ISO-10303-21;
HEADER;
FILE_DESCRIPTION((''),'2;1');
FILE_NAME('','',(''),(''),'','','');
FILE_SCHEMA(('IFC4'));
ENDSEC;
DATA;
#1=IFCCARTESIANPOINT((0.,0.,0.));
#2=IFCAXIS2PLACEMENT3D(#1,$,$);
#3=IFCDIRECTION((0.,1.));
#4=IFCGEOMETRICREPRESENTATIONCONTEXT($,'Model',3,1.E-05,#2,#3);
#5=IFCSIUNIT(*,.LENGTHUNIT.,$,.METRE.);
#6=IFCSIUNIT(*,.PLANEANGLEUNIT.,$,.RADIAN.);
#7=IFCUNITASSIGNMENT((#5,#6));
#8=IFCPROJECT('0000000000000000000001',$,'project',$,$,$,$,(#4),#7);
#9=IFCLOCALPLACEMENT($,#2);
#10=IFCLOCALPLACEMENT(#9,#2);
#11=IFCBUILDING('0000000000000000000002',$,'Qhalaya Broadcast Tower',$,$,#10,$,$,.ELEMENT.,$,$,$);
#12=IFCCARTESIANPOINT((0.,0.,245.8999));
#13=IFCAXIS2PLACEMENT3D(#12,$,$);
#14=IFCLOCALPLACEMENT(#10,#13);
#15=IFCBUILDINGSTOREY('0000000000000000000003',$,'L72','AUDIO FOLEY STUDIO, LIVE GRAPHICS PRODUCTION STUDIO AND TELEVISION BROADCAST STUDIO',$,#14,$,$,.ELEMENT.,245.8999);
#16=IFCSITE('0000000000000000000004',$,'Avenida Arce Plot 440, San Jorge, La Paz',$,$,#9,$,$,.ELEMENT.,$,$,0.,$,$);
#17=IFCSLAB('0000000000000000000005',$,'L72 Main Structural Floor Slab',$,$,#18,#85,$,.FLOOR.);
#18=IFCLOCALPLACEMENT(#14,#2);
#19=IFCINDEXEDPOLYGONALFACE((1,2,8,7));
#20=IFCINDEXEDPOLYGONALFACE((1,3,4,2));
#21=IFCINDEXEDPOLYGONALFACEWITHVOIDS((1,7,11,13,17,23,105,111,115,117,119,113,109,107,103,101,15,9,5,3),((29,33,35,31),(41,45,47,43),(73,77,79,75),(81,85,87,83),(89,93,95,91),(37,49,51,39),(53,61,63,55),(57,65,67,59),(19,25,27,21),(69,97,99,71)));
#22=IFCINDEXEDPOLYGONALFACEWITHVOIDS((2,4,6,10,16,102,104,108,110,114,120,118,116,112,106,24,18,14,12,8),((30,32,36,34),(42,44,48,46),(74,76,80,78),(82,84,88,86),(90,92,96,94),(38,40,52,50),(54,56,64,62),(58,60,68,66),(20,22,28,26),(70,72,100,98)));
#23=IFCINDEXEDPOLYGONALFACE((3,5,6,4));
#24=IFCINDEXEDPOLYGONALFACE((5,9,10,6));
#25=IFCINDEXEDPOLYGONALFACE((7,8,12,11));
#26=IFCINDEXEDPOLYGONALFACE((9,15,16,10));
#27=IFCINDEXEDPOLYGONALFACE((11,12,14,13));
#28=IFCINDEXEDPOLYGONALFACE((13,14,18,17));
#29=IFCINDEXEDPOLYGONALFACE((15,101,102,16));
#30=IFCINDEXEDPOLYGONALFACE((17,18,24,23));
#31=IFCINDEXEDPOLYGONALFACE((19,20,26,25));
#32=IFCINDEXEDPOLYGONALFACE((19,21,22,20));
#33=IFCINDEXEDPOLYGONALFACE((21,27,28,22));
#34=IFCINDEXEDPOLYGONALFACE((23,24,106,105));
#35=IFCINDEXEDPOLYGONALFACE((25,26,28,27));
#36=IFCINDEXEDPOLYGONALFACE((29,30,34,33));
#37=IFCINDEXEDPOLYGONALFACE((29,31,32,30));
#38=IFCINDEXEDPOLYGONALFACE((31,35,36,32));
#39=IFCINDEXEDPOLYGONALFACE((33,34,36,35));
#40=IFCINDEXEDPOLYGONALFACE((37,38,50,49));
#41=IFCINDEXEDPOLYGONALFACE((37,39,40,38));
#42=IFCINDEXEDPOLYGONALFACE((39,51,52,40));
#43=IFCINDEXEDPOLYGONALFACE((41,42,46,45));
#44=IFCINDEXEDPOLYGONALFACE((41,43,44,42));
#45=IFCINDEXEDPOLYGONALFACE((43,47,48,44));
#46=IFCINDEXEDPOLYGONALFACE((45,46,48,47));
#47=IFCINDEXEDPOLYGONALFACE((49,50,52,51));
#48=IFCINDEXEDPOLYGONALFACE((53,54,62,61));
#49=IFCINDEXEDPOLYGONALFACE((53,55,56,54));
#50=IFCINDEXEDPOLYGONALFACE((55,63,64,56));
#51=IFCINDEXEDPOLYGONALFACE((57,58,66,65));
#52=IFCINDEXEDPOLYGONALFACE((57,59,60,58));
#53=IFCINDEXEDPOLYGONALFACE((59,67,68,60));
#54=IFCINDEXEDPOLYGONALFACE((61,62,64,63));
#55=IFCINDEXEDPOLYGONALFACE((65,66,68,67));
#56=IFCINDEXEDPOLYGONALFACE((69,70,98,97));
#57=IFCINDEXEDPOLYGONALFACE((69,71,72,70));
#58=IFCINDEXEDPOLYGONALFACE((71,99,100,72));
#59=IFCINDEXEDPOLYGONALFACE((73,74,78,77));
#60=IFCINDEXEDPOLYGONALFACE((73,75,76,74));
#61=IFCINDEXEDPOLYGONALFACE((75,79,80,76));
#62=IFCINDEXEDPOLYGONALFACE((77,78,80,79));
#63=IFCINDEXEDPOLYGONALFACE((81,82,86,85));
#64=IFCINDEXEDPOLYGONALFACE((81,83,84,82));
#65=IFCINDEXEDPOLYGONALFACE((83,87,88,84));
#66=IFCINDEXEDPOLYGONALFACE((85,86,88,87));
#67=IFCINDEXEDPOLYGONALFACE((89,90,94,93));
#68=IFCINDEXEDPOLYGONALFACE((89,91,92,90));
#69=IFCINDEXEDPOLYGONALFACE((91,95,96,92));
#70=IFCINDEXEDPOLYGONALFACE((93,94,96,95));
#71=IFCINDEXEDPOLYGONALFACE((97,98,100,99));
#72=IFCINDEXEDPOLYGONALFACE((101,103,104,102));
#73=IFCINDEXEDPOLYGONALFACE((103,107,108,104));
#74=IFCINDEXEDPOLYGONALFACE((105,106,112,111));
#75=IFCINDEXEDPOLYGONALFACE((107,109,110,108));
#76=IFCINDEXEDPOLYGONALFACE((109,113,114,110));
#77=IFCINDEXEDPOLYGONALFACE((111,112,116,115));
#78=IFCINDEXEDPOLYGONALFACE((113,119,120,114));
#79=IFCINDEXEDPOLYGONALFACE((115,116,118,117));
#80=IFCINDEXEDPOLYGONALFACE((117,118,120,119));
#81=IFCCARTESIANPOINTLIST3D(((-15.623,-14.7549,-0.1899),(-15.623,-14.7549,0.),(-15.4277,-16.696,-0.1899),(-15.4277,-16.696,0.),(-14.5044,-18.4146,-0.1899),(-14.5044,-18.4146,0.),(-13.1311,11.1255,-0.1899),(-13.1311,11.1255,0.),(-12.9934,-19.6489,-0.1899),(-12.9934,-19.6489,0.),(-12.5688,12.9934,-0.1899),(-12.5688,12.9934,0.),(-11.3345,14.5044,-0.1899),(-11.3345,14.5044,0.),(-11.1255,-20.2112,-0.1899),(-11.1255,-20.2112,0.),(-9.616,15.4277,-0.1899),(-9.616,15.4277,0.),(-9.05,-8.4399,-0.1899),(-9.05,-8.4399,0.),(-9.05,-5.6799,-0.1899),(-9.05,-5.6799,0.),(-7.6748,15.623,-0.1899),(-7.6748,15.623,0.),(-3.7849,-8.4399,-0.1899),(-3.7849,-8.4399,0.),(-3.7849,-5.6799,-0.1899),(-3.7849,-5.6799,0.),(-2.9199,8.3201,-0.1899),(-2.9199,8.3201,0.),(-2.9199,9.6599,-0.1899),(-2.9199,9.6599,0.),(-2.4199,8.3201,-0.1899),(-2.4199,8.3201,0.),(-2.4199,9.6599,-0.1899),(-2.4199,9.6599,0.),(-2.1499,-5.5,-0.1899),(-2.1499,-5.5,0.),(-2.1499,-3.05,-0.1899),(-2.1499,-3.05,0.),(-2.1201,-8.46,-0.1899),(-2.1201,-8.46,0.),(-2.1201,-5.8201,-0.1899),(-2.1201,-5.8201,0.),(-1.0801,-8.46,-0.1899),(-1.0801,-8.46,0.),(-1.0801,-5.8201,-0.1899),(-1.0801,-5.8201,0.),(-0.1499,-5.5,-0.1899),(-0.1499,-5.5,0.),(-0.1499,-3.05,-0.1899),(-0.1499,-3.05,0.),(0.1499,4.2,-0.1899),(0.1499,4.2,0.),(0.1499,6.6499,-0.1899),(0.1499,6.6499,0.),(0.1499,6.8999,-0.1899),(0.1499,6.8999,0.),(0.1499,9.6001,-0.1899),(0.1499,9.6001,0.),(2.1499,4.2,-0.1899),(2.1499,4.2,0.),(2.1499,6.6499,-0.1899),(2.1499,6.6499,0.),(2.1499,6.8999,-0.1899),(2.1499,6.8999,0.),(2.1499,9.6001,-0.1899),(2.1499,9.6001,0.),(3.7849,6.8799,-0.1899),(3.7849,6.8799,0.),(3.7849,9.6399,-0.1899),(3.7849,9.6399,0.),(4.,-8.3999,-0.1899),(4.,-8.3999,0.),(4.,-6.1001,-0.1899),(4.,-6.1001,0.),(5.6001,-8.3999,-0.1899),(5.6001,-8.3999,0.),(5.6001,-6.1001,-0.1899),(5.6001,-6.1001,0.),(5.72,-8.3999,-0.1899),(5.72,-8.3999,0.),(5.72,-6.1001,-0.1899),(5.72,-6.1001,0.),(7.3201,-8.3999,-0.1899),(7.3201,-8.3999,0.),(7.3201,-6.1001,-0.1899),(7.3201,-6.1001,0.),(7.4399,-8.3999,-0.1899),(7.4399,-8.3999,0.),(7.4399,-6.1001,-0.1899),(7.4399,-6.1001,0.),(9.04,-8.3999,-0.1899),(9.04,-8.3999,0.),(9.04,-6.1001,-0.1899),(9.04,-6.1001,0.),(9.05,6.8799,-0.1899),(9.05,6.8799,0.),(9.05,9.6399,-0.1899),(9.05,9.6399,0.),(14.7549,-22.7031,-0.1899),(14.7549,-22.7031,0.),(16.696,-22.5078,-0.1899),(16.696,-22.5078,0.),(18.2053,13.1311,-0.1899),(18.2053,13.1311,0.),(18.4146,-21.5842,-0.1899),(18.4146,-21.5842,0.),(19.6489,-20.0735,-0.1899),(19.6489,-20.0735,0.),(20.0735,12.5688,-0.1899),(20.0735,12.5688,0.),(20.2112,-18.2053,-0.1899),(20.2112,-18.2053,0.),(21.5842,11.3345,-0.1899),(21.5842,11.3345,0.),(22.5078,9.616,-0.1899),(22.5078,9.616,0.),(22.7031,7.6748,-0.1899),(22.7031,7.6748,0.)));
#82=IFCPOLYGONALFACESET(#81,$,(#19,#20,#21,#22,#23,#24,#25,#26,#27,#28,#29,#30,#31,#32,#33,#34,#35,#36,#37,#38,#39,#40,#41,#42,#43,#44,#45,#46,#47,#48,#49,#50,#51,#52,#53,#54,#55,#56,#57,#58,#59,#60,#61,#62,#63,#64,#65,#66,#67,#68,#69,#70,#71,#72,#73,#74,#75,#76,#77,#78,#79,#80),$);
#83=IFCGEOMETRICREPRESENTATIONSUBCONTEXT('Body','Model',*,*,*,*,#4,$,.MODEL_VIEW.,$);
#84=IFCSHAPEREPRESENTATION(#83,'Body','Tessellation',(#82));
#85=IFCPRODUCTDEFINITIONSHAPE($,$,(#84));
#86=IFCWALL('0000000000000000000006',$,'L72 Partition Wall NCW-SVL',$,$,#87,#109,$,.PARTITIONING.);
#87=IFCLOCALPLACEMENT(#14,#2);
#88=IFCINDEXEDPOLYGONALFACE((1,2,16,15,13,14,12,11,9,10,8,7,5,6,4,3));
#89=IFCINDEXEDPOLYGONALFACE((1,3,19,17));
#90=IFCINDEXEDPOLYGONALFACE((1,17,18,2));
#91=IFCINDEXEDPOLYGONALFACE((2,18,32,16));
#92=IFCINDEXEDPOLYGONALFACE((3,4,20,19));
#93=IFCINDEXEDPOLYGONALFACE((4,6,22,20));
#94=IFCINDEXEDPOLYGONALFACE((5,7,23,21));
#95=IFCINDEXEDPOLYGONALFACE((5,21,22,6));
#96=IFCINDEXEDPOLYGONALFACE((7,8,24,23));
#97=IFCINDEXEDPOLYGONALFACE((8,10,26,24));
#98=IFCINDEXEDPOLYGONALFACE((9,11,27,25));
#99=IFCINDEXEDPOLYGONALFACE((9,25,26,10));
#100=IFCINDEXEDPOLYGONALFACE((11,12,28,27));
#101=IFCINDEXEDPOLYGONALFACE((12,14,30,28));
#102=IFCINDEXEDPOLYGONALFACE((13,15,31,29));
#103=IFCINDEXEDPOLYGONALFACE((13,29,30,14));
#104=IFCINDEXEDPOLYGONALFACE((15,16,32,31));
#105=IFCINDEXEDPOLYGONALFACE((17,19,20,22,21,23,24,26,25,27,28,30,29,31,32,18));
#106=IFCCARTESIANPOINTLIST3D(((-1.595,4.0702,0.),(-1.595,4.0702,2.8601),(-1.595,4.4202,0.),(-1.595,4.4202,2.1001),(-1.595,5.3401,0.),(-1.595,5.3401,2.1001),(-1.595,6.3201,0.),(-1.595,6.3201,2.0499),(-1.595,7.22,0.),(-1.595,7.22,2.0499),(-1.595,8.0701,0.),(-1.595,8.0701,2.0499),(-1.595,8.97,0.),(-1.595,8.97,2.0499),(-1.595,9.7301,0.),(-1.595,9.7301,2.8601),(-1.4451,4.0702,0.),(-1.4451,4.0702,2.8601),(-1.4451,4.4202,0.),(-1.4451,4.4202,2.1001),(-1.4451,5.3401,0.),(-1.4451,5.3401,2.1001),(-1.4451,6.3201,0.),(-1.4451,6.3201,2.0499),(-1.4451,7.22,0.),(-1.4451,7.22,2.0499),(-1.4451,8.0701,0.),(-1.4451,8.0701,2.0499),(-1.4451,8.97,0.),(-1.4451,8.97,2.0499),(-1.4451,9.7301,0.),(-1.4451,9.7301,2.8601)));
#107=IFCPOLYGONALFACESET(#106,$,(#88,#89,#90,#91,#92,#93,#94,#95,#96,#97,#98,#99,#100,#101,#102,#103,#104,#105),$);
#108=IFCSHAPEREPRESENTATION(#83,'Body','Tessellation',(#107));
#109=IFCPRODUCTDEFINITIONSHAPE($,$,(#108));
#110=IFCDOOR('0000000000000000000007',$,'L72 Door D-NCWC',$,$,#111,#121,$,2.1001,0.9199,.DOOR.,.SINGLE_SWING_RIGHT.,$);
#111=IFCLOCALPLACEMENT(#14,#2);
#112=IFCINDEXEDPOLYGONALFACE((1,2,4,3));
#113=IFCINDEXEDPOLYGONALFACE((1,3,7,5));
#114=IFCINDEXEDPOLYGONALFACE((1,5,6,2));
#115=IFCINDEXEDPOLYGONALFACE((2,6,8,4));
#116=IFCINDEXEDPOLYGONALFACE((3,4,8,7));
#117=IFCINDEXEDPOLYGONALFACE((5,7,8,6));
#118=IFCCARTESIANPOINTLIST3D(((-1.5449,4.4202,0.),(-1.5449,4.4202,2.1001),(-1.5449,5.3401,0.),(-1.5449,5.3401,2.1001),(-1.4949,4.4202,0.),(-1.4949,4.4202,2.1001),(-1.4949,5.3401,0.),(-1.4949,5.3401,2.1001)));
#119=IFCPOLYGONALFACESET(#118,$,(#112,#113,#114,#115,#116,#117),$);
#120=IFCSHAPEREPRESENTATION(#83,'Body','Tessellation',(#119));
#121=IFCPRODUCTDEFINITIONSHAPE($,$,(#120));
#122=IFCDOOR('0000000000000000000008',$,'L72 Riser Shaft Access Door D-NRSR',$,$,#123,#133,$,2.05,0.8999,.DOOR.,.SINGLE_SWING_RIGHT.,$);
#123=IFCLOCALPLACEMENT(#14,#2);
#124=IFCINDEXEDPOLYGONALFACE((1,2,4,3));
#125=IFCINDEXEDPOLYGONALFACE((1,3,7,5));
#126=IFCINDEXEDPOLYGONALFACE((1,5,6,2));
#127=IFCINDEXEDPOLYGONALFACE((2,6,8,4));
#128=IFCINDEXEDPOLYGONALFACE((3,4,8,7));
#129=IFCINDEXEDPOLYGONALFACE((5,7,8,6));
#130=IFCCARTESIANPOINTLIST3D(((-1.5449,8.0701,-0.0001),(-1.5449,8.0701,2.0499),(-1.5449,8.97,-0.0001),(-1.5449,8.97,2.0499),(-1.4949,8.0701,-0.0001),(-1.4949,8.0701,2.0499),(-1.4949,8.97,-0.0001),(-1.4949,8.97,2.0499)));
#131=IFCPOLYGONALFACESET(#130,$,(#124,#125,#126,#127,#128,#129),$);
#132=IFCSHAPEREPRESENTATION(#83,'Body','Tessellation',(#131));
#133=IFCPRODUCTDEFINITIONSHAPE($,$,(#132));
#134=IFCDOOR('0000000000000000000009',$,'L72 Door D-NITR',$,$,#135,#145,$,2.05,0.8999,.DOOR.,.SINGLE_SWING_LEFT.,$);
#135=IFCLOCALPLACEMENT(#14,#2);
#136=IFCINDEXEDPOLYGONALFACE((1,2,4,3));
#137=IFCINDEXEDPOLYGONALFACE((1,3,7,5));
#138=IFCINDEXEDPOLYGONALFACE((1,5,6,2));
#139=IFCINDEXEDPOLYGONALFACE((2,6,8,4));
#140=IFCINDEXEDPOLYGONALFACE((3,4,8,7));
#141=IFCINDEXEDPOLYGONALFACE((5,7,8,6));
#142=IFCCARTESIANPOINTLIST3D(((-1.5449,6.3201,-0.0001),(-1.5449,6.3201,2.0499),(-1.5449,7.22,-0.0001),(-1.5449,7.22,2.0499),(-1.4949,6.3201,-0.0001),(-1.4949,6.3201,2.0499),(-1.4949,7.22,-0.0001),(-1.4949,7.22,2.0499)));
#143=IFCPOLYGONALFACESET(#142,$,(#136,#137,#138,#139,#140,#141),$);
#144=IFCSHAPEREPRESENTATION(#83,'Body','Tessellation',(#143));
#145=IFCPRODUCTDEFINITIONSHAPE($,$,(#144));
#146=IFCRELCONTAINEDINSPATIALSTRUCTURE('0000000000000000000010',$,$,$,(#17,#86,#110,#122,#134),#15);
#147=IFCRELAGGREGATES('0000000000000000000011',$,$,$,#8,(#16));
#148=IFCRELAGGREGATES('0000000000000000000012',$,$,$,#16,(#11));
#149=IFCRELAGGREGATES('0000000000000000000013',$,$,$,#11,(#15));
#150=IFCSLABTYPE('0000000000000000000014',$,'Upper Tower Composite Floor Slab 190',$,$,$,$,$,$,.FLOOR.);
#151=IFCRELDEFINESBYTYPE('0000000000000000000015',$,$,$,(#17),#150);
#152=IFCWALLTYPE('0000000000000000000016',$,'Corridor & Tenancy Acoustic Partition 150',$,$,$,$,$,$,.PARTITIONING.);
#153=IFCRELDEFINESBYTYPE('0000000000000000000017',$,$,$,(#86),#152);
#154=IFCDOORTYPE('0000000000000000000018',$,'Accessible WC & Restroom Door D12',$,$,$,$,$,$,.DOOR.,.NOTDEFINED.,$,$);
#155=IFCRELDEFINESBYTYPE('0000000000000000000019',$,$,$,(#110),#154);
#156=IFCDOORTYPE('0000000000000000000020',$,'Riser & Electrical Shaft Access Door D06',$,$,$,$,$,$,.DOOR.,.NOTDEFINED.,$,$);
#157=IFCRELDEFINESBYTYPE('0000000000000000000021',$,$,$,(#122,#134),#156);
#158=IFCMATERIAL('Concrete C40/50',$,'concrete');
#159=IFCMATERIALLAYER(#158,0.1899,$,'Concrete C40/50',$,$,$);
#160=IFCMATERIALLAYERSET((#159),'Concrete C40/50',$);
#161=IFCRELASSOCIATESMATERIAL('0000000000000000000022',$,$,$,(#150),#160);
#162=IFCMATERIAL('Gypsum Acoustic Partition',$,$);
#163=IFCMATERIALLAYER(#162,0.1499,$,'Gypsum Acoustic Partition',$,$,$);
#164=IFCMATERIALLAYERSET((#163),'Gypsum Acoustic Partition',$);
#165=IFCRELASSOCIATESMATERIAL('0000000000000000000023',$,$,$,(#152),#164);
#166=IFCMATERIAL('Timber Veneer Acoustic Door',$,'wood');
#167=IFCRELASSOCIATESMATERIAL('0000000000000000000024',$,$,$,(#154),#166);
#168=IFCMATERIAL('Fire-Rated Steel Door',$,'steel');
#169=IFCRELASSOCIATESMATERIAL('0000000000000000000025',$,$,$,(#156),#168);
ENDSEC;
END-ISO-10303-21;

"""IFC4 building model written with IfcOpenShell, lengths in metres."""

from ifc_helpers import new_model, si_unit, direction, frame, frame_2d, origin, place, context, subcontext, project, spatial, polyline, rectangle, outline, extrude, material, layer, layer_set, type_object, element, fill, save


model = new_model("IFC4")

# Units and contexts
model_context = context("Model", 3, precision=1e-05, world=origin(), true_north=direction((0.0, 1.0)))
body_context = subcontext(model_context, "Body", "Model", "MODEL_VIEW")
ifc_project = project(units=[si_unit("LENGTHUNIT", "METRE"), si_unit("PLANEANGLEUNIT", "RADIAN")], contexts=[model_context])

# Site, building, storey
site_placement = place(None, origin())
site = spatial("IfcSite", under=ifc_project, at=site_placement, Name="Avenida Arce Plot 440, San Jorge, La Paz", CompositionType="ELEMENT", RefElevation=0.0)
building_placement = place(site_placement, origin())
building = spatial("IfcBuilding", under=site, at=building_placement, Name="Qhalaya Broadcast Tower", CompositionType="ELEMENT")
storey_placement = place(building_placement, frame((0.0, 0.0, 245.8999)))
storey = spatial("IfcBuildingStorey", under=building, at=storey_placement, Name="L72", Description="AUDIO FOLEY STUDIO, LIVE GRAPHICS PRODUCTION STUDIO AND TELEVISION BROADCAST STUDIO", CompositionType="ELEMENT", Elevation=245.8999)

# Shared definitions
ifc_material_1 = material(Name="Concrete C40/50", Category="concrete")

# Slab
ifc_layer_1 = layer(ifc_material_1, 0.1899, Name="Concrete C40/50")
ifc_layer_set_1 = layer_set([ifc_layer_1], Name="Concrete C40/50")
slab_type_1 = type_object("IfcSlabType", Name="Upper Tower Composite Floor Slab 190", PredefinedType="FLOOR", material=ifc_layer_set_1)
slab_1_placement = place(storey_placement, frame((0.0, 0.0, -0.1899)))
element("IfcSlab", 1, at=slab_1_placement, inside=storey, type_object=slab_type_1, Name="L72 Main Structural Floor Slab", PredefinedType="FLOOR", context=body_context, shape_type="SweptSolid", body=[
    extrude(outline(polyline([(14.7549, -22.7031), (16.696, -22.5078), (18.4146, -21.5842), (19.6489, -20.0735), (20.2112, -18.2053), (22.7031, 7.6748), (22.5078, 9.616), (21.5842, 11.3345), (20.0735, 12.5688), (18.2053, 13.1311), (-7.6748, 15.623), (-9.616, 15.4277), (-11.3345, 14.5044), (-12.5688, 12.9934), (-13.1311, 11.1255), (-15.623, -14.7549), (-15.4277, -16.696), (-14.5044, -18.4146), (-12.9934, -19.6489), (-11.1255, -20.2112), (14.7549, -22.7031)]), holes=[polyline([(3.7849, 9.6399), (9.05, 9.6399), (9.05, 6.8799), (3.7849, 6.8799), (3.7849, 9.6399)]), polyline([(-3.7849, -8.4399), (-9.05, -8.4399), (-9.05, -5.6799), (-3.7849, -5.6799), (-3.7849, -8.4399)]), polyline([(0.1499, 6.6499), (2.1499, 6.6499), (2.1499, 4.2), (0.1499, 4.2), (0.1499, 6.6499)]), polyline([(0.1499, 9.6001), (2.1499, 9.6001), (2.1499, 6.8999), (0.1499, 6.8999), (0.1499, 9.6001)]), polyline([(-2.1499, -3.05), (-0.1499, -3.05), (-0.1499, -5.5), (-2.1499, -5.5), (-2.1499, -3.05)]), polyline([(4.0, -6.1001), (5.6001, -6.1001), (5.6001, -8.3999), (4.0, -8.3999), (4.0, -6.1001)]), polyline([(5.72, -6.1001), (7.3201, -6.1001), (7.3201, -8.3999), (5.72, -8.3999), (5.72, -6.1001)]), polyline([(7.4399, -6.1001), (9.04, -6.1001), (9.04, -8.3999), (7.4399, -8.3999), (7.4399, -6.1001)]), polyline([(-2.9199, 9.6599), (-2.4199, 9.6599), (-2.4199, 8.3201), (-2.9199, 8.3201), (-2.9199, 9.6599)]), polyline([(-2.1201, -5.8201), (-1.0801, -5.8201), (-1.0801, -8.46), (-2.1201, -8.46), (-2.1201, -5.8201)])]), origin(), (0.0, 0.0, 1.0), 0.1899),
])

# Wall, openings, doors
ifc_material_2 = material(Name="Gypsum Acoustic Partition")
ifc_layer_2 = layer(ifc_material_2, 0.1499, Name="Gypsum Acoustic Partition")
ifc_layer_set_2 = layer_set([ifc_layer_2], Name="Gypsum Acoustic Partition")
wall_type_1 = type_object("IfcWallType", Name="Corridor & Tenancy Acoustic Partition 150", PredefinedType="PARTITIONING", material=ifc_layer_set_2)
wall_1_placement = place(storey_placement, frame((-1.52, 4.0701, 0.0), z_axis=(0.0, 0.0, 1.0), x_axis=(0.0, 1.0, 0.0)))
wall_1 = element("IfcWall", 2, at=wall_1_placement, inside=storey, type_object=wall_type_1, Name="L72 Partition Wall NCW-SVL", PredefinedType="PARTITIONING", context=body_context, shape_type="SweptSolid", body=[
    extrude(rectangle(XDim=5.6599, YDim=0.1499, at=frame_2d((2.8301, 0.0))), origin(), (0.0, 0.0, 1.0), 2.8601),
])
opening_1_placement = place(wall_1_placement, frame((4.0, 0.0, 0.0)))
opening_1 = element("IfcOpeningElement", 3, at=opening_1_placement, cuts=wall_1, PredefinedType="OPENING", context=body_context, shape_type="SweptSolid", body=[
    extrude(rectangle(XDim=0.8999, YDim=2.05, at=frame_2d((0.45, 1.0249))), frame((0.0, 0.0869, 0.0), z_axis=(0.0, -1.0, 0.0), x_axis=(1.0, 0.0, 0.0)), (0.0, 0.0, 1.0), 0.1738),
])
opening_2_placement = place(wall_1_placement, frame((2.25, 0.0, 0.0)))
opening_2 = element("IfcOpeningElement", 4, at=opening_2_placement, cuts=wall_1, PredefinedType="OPENING", context=body_context, shape_type="SweptSolid", body=[
    extrude(rectangle(XDim=0.8999, YDim=2.05, at=frame_2d((0.45, 1.0249))), frame((0.0, 0.0869, 0.0), z_axis=(0.0, -1.0, 0.0), x_axis=(1.0, 0.0, 0.0)), (0.0, 0.0, 1.0), 0.1738),
])
opening_3_placement = place(wall_1_placement, frame((0.3501, 0.0, 0.0)))
opening_3 = element("IfcOpeningElement", 5, at=opening_3_placement, cuts=wall_1, PredefinedType="OPENING", context=body_context, shape_type="SweptSolid", body=[
    extrude(rectangle(XDim=0.9199, YDim=2.1001, at=frame_2d((0.46, 1.05))), frame((0.0, 0.0869, 0.0), z_axis=(0.0, -1.0, 0.0), x_axis=(1.0, 0.0, 0.0)), (0.0, 0.0, 1.0), 0.1738),
])
ifc_material_3 = material(Name="Timber Veneer Acoustic Door", Category="wood")
door_type_1 = type_object("IfcDoorType", Name="Accessible WC & Restroom Door D12", OperationType="NOTDEFINED", PredefinedType="DOOR", material=ifc_material_3)
door_1_placement = place(opening_3_placement, origin())
door_1 = element("IfcDoor", 6, at=door_1_placement, inside=storey, type_object=door_type_1, Name="L72 Door D-NCWC", OperationType="SINGLE_SWING_RIGHT", OverallHeight=2.1001, OverallWidth=0.9199, PredefinedType="DOOR", context=body_context, shape_type="SweptSolid", body=[
    extrude(rectangle(XDim=0.9199, YDim=2.1001, at=frame_2d((0.46, 1.05))), frame((0.0, 0.0249, 0.0), z_axis=(0.0, -1.0, 0.0), x_axis=(1.0, 0.0, 0.0)), (0.0, 0.0, 1.0), 0.05),
])
fill(opening_3, door_1)
ifc_material_4 = material(Name="Fire-Rated Steel Door", Category="steel")
door_type_2 = type_object("IfcDoorType", Name="Riser & Electrical Shaft Access Door D06", OperationType="NOTDEFINED", PredefinedType="DOOR", material=ifc_material_4)
door_2_placement = place(opening_1_placement, origin())
door_2 = element("IfcDoor", 7, at=door_2_placement, inside=storey, type_object=door_type_2, Name="L72 Riser Shaft Access Door D-NRSR", OperationType="SINGLE_SWING_RIGHT", OverallHeight=2.05, OverallWidth=0.8999, PredefinedType="DOOR", context=body_context, shape_type="SweptSolid", body=[
    extrude(rectangle(XDim=0.8999, YDim=2.05, at=frame_2d((0.45, 1.0249))), frame((0.0, 0.0249, 0.0), z_axis=(0.0, -1.0, 0.0), x_axis=(1.0, 0.0, 0.0)), (0.0, 0.0, 1.0), 0.05),
])
fill(opening_1, door_2)
door_3_placement = place(opening_2_placement, origin())
door_3 = element("IfcDoor", 8, at=door_3_placement, inside=storey, type_object=door_type_2, Name="L72 Door D-NITR", OperationType="SINGLE_SWING_LEFT", OverallHeight=2.05, OverallWidth=0.8999, PredefinedType="DOOR", context=body_context, shape_type="SweptSolid", body=[
    extrude(rectangle(XDim=0.8999, YDim=2.05, at=frame_2d((0.45, 1.0249))), frame((0.0, 0.0249, 0.0), z_axis=(0.0, -1.0, 0.0), x_axis=(1.0, 0.0, 0.0)), (0.0, 0.0, 1.0), 0.05),
])
fill(opening_2, door_3)

save(model, "model.ifc")
